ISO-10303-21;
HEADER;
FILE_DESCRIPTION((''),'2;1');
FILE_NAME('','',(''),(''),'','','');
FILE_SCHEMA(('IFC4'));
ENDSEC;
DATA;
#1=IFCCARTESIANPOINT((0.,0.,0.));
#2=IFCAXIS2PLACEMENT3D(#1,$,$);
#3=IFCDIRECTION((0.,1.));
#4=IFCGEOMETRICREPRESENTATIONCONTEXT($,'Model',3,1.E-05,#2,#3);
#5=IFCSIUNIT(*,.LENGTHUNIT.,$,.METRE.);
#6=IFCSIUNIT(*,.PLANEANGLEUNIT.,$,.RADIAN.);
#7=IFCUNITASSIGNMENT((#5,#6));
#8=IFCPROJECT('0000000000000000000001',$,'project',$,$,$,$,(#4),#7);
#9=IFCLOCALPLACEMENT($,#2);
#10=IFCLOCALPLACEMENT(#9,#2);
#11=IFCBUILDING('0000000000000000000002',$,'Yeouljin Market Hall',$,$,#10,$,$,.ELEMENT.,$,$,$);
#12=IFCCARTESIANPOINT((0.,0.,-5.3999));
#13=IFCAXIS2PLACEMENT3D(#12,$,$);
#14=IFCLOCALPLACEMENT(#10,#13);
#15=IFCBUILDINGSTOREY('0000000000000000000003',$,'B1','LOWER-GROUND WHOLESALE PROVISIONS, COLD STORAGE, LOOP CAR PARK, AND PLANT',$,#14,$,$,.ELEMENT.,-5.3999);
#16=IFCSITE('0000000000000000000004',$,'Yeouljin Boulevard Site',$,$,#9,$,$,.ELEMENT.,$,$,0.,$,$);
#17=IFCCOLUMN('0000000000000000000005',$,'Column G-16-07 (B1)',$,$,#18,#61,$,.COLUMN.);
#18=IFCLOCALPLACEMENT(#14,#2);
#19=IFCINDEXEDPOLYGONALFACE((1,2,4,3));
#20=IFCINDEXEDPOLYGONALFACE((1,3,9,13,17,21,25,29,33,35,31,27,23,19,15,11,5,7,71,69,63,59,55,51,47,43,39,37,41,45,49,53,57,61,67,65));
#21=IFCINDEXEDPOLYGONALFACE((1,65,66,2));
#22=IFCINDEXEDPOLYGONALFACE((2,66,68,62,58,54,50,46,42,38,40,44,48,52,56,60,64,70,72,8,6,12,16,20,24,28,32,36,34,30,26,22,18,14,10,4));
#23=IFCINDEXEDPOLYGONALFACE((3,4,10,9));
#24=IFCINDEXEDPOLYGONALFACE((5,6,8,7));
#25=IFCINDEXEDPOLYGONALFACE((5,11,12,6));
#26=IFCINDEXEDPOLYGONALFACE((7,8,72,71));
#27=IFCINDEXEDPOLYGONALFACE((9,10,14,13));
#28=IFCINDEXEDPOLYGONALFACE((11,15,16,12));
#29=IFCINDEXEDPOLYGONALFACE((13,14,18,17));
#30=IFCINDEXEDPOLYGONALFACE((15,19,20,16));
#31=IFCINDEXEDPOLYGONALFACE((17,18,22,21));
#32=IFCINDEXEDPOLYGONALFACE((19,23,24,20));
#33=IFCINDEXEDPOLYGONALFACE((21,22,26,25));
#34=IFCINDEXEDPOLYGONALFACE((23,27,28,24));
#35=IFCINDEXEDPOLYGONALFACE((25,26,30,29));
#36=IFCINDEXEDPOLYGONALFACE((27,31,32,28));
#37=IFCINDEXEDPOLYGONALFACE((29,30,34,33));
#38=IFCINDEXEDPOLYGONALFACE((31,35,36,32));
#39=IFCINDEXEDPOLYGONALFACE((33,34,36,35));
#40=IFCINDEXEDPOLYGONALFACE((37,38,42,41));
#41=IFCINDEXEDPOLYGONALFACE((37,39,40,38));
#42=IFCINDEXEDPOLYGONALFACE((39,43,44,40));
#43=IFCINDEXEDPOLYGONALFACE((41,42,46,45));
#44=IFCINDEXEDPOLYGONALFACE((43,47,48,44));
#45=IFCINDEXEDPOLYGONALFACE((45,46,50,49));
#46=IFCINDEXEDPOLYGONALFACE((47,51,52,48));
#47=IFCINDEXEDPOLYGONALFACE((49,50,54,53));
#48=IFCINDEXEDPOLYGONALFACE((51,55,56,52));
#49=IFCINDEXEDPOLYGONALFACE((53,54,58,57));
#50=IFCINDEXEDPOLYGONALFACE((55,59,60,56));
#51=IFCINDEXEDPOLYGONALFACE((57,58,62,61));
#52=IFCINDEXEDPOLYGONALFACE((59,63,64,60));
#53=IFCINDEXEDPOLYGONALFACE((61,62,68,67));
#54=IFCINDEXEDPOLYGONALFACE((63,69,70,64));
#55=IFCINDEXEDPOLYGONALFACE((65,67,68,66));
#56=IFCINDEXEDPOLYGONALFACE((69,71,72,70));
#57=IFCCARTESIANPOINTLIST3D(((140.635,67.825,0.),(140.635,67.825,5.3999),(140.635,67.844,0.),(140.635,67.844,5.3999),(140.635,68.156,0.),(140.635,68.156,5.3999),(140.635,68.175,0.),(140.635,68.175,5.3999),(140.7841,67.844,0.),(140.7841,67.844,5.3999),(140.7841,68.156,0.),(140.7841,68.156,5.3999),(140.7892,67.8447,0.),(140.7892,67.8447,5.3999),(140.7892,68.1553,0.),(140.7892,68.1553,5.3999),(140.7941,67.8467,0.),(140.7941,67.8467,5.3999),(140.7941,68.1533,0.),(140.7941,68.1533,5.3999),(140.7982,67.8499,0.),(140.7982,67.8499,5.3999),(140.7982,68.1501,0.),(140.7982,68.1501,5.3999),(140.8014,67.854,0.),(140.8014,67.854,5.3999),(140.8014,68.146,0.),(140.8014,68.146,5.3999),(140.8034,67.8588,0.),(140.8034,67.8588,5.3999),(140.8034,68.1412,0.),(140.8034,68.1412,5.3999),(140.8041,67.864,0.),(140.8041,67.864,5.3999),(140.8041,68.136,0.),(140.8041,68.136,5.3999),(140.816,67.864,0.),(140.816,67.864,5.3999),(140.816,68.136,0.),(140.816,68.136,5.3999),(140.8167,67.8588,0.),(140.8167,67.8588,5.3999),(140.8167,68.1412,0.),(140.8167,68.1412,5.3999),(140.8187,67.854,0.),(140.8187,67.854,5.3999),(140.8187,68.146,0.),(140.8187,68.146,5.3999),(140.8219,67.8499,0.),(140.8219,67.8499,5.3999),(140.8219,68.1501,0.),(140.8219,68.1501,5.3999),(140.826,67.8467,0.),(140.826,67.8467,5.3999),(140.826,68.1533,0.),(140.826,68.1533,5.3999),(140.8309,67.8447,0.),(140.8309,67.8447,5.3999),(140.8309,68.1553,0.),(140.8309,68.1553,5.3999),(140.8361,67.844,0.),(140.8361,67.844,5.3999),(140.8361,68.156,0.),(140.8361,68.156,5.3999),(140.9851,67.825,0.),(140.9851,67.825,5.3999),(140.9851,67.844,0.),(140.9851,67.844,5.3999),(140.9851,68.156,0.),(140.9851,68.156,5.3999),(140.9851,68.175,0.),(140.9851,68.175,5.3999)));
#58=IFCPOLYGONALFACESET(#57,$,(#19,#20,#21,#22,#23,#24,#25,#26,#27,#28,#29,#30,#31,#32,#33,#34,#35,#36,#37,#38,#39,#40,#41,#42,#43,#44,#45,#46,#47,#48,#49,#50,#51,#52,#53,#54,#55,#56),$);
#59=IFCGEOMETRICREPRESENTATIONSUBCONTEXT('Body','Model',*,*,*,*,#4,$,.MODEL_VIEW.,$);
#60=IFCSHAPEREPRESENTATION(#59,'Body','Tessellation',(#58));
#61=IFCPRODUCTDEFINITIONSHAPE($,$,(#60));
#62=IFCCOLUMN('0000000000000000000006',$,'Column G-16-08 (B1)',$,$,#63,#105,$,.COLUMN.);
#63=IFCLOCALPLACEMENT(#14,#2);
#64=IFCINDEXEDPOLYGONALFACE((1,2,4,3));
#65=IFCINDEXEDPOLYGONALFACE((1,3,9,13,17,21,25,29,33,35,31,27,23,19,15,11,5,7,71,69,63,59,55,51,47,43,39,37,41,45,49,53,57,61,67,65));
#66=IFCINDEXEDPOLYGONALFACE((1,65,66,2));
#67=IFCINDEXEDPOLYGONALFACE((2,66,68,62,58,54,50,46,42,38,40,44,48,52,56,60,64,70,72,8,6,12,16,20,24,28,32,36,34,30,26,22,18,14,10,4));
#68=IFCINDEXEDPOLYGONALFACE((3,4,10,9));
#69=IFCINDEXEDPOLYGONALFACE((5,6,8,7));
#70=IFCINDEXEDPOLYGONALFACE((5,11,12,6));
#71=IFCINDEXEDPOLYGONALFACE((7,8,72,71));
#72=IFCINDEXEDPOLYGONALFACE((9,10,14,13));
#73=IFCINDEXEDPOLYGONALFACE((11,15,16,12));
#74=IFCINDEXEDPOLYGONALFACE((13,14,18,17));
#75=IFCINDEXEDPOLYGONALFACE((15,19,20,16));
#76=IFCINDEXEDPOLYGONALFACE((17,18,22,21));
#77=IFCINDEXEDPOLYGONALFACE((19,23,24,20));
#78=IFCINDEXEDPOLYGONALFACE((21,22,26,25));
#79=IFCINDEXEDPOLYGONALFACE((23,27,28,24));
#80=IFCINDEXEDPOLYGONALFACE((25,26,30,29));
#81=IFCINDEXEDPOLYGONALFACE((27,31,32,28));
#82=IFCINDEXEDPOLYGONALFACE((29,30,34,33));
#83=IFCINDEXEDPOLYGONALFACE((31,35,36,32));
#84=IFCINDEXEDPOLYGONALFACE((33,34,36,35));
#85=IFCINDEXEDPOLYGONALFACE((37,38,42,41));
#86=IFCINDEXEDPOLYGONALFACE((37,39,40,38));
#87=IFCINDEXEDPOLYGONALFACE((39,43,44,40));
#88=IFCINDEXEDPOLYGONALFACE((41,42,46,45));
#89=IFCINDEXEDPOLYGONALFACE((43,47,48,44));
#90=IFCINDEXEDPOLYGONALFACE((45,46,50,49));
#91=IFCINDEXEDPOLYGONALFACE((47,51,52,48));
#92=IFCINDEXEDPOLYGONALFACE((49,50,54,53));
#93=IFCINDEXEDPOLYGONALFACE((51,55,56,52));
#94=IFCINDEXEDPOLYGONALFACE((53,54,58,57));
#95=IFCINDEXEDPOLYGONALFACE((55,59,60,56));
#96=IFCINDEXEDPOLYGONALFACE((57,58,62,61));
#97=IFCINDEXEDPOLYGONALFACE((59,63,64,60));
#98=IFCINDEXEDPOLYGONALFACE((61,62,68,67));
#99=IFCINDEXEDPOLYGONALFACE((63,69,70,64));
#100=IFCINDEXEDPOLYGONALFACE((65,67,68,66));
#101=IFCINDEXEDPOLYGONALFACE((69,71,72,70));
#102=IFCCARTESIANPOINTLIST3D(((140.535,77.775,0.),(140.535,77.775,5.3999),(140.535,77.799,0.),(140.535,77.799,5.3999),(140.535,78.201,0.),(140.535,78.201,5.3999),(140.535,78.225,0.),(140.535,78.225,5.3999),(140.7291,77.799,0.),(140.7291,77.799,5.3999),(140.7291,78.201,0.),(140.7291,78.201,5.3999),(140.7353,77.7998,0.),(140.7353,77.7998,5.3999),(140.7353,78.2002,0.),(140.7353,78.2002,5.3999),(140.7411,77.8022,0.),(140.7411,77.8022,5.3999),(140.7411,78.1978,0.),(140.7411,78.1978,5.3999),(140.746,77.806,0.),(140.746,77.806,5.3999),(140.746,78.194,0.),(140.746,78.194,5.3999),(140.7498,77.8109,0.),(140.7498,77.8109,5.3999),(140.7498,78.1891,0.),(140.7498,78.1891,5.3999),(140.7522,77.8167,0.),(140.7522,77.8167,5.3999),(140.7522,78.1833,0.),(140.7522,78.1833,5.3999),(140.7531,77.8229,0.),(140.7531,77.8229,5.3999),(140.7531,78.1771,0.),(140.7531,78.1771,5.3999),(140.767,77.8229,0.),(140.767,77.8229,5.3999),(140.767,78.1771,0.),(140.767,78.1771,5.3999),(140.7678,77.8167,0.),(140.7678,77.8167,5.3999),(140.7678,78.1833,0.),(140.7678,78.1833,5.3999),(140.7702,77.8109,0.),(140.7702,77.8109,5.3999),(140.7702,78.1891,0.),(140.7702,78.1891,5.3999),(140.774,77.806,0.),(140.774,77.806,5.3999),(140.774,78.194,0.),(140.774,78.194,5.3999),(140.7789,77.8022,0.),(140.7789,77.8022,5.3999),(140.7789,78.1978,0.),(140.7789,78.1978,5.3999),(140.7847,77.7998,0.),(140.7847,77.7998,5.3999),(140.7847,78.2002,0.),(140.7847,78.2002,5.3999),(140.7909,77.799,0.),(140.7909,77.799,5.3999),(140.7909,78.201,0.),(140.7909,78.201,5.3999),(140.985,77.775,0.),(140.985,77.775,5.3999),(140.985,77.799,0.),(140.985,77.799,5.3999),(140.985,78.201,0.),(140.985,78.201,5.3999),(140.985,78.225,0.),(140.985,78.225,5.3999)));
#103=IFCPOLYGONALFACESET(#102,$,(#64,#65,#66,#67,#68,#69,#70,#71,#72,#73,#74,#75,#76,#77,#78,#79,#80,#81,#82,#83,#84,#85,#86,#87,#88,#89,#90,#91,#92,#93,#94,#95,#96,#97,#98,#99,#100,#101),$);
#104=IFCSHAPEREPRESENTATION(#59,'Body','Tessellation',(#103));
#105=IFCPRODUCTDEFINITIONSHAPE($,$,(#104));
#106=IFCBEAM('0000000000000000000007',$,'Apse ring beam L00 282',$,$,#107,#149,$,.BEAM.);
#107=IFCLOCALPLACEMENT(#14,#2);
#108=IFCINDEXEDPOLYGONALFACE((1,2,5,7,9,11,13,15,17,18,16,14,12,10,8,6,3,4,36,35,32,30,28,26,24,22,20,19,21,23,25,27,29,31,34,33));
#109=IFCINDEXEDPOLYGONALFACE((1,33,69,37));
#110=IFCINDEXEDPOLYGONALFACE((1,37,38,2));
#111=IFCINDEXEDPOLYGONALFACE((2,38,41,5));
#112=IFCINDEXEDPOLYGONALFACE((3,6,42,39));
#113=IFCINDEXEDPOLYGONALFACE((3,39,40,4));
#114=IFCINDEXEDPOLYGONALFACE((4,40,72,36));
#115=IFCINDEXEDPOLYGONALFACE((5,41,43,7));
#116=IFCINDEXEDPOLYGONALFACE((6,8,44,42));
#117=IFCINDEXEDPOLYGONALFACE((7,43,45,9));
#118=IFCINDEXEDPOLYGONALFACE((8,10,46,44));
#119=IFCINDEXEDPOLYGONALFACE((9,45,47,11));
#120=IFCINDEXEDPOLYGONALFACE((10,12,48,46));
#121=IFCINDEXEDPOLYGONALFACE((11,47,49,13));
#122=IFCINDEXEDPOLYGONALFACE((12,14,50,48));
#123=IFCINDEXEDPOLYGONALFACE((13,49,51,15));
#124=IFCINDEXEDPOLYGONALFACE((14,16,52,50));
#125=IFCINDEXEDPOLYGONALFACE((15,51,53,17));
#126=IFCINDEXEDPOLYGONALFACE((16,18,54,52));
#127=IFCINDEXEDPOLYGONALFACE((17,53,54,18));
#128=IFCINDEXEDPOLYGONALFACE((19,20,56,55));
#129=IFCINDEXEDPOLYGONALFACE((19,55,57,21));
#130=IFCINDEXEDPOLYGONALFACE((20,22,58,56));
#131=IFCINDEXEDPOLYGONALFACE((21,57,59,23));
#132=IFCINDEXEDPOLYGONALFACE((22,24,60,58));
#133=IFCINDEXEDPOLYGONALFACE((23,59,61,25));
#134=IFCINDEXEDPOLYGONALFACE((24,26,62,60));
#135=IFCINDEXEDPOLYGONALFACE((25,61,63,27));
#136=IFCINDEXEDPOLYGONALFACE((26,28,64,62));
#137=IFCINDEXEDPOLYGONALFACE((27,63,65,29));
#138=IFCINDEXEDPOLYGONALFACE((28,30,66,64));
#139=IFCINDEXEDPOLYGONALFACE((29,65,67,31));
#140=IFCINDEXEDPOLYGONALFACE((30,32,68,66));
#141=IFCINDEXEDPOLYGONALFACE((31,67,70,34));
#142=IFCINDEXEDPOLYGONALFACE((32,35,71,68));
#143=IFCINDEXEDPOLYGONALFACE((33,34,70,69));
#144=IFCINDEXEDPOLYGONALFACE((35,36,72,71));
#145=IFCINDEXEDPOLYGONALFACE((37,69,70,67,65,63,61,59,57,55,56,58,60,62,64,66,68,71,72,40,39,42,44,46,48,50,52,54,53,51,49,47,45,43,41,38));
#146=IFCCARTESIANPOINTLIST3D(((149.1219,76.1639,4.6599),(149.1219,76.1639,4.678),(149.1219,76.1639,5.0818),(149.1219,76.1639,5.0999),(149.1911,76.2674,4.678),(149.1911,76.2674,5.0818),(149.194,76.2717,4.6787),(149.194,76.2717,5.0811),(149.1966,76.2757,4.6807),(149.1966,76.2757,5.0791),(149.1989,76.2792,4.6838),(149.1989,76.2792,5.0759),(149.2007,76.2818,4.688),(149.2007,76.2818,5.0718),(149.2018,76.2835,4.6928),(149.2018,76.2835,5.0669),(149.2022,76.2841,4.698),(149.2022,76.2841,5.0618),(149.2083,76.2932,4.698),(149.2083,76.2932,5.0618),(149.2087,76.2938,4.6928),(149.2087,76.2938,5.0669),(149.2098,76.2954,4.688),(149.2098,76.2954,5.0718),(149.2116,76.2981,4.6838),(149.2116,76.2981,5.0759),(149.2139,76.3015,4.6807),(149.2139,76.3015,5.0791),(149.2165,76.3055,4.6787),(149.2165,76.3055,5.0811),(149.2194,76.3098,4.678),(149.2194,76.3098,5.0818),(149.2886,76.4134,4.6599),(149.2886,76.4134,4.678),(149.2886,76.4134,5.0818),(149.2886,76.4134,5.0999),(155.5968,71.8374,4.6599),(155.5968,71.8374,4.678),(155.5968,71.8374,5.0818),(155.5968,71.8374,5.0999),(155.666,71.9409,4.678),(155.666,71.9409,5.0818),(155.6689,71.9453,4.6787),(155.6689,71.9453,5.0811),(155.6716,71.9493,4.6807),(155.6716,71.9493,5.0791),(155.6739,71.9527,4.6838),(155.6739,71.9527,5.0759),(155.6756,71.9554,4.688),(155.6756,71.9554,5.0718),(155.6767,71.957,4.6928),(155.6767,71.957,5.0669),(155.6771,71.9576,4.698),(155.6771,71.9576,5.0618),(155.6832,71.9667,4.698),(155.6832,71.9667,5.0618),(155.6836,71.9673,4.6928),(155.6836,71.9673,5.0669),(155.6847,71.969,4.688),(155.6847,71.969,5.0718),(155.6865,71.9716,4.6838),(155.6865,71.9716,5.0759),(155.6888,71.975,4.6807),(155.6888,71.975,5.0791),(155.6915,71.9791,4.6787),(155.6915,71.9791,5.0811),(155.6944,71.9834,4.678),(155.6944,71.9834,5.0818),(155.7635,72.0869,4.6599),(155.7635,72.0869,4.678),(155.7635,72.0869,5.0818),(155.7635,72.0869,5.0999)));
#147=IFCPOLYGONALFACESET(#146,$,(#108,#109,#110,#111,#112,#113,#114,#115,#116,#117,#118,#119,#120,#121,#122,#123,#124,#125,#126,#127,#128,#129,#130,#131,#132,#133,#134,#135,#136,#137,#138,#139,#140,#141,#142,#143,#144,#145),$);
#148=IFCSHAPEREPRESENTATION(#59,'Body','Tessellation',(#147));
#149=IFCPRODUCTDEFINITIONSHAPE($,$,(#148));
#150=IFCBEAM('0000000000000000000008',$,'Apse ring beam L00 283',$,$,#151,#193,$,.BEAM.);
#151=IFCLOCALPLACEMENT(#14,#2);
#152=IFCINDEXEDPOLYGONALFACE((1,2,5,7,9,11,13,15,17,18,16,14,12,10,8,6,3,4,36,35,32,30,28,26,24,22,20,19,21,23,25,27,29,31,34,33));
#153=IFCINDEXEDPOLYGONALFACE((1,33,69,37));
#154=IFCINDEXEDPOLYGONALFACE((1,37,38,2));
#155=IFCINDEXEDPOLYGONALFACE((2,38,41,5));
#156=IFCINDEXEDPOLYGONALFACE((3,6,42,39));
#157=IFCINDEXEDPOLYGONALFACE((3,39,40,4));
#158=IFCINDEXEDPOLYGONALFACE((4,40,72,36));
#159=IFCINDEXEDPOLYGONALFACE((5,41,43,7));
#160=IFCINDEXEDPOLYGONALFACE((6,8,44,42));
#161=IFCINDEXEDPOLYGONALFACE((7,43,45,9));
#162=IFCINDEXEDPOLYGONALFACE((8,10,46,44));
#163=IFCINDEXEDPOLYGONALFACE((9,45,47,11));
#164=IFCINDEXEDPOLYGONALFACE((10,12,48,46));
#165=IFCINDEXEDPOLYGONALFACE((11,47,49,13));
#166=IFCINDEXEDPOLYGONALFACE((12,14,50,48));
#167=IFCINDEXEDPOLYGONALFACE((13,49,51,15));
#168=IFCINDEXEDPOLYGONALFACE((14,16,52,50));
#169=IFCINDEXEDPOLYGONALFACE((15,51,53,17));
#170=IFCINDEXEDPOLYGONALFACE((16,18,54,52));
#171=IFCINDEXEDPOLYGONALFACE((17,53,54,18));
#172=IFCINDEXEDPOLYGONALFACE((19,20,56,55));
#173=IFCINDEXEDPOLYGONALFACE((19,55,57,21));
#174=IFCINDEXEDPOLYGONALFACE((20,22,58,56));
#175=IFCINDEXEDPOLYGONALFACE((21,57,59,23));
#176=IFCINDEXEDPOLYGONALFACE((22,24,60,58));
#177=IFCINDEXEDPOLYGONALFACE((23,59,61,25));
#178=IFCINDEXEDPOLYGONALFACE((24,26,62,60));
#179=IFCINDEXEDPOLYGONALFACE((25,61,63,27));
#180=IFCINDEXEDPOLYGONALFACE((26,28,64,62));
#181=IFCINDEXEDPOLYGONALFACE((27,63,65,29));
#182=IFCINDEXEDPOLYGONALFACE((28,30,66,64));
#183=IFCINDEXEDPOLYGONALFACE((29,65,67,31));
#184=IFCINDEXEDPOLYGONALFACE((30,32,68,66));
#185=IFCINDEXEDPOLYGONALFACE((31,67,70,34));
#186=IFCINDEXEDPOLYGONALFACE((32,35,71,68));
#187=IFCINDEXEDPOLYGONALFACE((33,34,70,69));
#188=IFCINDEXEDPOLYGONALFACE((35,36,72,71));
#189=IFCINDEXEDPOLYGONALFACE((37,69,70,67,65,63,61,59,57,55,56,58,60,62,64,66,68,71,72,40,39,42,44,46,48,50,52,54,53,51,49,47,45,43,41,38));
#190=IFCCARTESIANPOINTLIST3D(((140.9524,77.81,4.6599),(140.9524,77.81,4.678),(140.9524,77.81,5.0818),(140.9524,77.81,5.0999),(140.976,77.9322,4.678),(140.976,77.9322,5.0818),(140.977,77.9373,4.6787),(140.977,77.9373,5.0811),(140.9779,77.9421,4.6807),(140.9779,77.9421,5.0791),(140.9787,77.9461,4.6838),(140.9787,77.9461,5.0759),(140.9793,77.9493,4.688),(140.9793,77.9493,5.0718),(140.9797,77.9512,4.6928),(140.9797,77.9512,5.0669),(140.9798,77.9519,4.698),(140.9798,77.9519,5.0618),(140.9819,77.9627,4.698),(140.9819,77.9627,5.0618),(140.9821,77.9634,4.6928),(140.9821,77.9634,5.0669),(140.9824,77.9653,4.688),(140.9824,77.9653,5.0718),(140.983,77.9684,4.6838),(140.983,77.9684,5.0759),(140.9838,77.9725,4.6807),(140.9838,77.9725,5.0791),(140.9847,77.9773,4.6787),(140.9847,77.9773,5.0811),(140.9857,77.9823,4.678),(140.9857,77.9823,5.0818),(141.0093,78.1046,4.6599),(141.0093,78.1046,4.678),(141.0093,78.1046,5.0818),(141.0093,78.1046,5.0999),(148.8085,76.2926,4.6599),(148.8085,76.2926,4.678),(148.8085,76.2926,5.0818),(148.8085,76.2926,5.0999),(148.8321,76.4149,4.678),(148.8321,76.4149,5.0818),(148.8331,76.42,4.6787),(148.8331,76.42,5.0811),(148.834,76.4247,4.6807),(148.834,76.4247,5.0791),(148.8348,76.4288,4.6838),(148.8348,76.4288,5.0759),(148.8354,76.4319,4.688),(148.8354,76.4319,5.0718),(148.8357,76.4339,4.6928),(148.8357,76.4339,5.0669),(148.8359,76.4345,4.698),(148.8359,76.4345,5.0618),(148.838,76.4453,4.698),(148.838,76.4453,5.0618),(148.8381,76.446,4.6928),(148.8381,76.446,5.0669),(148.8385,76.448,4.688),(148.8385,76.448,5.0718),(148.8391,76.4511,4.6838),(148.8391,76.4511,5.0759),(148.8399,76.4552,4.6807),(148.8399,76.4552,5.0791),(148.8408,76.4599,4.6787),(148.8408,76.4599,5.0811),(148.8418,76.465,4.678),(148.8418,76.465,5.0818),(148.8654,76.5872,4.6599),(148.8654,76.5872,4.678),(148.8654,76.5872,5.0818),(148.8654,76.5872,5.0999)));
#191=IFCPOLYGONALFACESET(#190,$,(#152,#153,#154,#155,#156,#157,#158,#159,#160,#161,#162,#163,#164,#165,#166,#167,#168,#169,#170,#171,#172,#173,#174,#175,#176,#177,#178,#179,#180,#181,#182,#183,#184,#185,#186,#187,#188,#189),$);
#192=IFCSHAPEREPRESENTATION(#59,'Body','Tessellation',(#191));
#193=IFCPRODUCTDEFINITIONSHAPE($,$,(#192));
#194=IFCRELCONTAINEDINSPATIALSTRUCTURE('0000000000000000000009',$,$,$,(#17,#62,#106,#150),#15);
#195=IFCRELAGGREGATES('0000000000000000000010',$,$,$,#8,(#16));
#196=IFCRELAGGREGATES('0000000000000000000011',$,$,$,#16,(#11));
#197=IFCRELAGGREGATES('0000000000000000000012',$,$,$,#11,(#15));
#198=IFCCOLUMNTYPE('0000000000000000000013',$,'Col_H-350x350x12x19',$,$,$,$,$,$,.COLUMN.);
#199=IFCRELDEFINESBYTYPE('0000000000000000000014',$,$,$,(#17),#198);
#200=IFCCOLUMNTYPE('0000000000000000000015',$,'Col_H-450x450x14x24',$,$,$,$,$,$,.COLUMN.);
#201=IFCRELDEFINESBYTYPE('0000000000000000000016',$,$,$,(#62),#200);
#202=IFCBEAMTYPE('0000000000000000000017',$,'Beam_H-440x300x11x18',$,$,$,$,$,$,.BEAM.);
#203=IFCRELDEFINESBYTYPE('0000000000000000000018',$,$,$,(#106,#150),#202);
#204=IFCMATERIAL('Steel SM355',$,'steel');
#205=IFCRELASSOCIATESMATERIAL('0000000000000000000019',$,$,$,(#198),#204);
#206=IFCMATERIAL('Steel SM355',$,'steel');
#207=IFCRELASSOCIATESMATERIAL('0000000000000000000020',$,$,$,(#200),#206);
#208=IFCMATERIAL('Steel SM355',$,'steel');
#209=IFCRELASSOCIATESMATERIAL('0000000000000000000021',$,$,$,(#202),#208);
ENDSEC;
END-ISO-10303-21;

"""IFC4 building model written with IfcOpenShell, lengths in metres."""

from ifc_helpers import new_model, si_unit, direction, frame, origin, origin_2d, place, context, subcontext, project, spatial, i_section, extrude, material, material_profile, profile_set, type_object, element, save


model = new_model("IFC4")

# Units and contexts
model_context = context("Model", 3, precision=1e-05, world=origin(), true_north=direction((0.0, 1.0)))
body_context = subcontext(model_context, "Body", "Model", "MODEL_VIEW")
ifc_project = project(units=[si_unit("LENGTHUNIT", "METRE"), si_unit("PLANEANGLEUNIT", "RADIAN")], contexts=[model_context])

# Site, building, storey
site_placement = place(None, origin())
site = spatial("IfcSite", under=ifc_project, at=site_placement, Name="Yeouljin Boulevard Site", CompositionType="ELEMENT", RefElevation=0.0)
building_placement = place(site_placement, origin())
building = spatial("IfcBuilding", under=site, at=building_placement, Name="Yeouljin Market Hall", CompositionType="ELEMENT")
storey_placement = place(building_placement, frame((0.0, 0.0, -5.3999)))
storey = spatial("IfcBuildingStorey", under=building, at=storey_placement, Name="B1", Description="LOWER-GROUND WHOLESALE PROVISIONS, COLD STORAGE, LOOP CAR PARK, AND PLANT", CompositionType="ELEMENT", Elevation=-5.3999)

# Columns
ifc_material_1 = material(Name="Steel SM355", Category="steel")
ifc_material_profile_1 = material_profile(ifc_material_1, i_section(OverallWidth=0.3501, OverallDepth=0.3501, WebThickness=0.012, FlangeThickness=0.019, FilletRadius=0.02, at=origin_2d()), Name="H-350x350x12x19")
ifc_profile_set_1 = profile_set([ifc_material_profile_1], Name="Steel SM355")
column_type_1 = type_object("IfcColumnType", Name="Col_H-350x350x12x19", PredefinedType="COLUMN", material=ifc_profile_set_1)
for number, where, z_axis, x_axis, name in (
    (1, (140.8101, 68.0, 0.0), (0.0, 0.0, 1.0), (1.0, 0.0, 0.0), "Column G-16-07 (B1)"),
):
    element("IfcColumn", number, at=place(storey_placement, frame(where, z_axis=z_axis, x_axis=x_axis)), inside=storey, type_object=column_type_1, Name=name, PredefinedType="COLUMN", context=body_context, shape_type="SweptSolid", body=[
        extrude(i_section(OverallWidth=0.3501, OverallDepth=0.3501, WebThickness=0.012, FlangeThickness=0.019, FilletRadius=0.02, at=origin_2d()), origin(), (0.0, 0.0, 1.0), 5.3999),
    ])
ifc_material_2 = material(Name="Steel SM355", Category="steel")
ifc_material_profile_2 = material_profile(ifc_material_2, i_section(OverallWidth=0.45, OverallDepth=0.45, WebThickness=0.0139, FlangeThickness=0.0239, FilletRadius=0.0239, at=origin_2d()), Name="H-450x450x14x24")
ifc_profile_set_2 = profile_set([ifc_material_profile_2], Name="Steel SM355")
column_type_2 = type_object("IfcColumnType", Name="Col_H-450x450x14x24", PredefinedType="COLUMN", material=ifc_profile_set_2)
column_1_placement = place(storey_placement, frame((140.76, 78.0, 0.0), z_axis=(0.0, 0.0, 1.0), x_axis=(1.0, 0.0, 0.0)))
element("IfcColumn", 2, at=column_1_placement, inside=storey, type_object=column_type_2, Name="Column G-16-08 (B1)", PredefinedType="COLUMN", context=body_context, shape_type="SweptSolid", body=[
    extrude(i_section(OverallWidth=0.45, OverallDepth=0.45, WebThickness=0.0139, FlangeThickness=0.0239, FilletRadius=0.0239, at=origin_2d()), origin(), (0.0, 0.0, 1.0), 5.3999),
])

# Beams
ifc_material_3 = material(Name="Steel SM355", Category="steel")
ifc_material_profile_3 = material_profile(ifc_material_3, i_section(OverallWidth=0.3, OverallDepth=0.4399, WebThickness=0.011, FlangeThickness=0.0181, FilletRadius=0.02, at=origin_2d()), Name="H-440x300x11x18")
ifc_profile_set_3 = profile_set([ifc_material_profile_3], Name="Steel SM355")
beam_type_1 = type_object("IfcBeamType", Name="Beam_H-440x300x11x18", PredefinedType="BEAM", material=ifc_profile_set_3)
beam_1_placement = place(storey_placement, frame((155.6802, 71.9622, 4.8799), z_axis=(-0.831466, 0.555575, 0.0), x_axis=(-0.555575, -0.831466, 0.0)))
element("IfcBeam", 3, at=beam_1_placement, inside=storey, type_object=beam_type_1, Name="Apse ring beam L00 282", PredefinedType="BEAM", context=body_context, shape_type="SweptSolid", body=[
    extrude(i_section(OverallWidth=0.3, OverallDepth=0.4399, WebThickness=0.011, FlangeThickness=0.0181, FilletRadius=0.02, at=origin_2d()), origin(), (0.0, 0.0, 1.0), 7.7874),
])
beam_2_placement = place(storey_placement, frame((148.8369, 76.4399, 4.8799), z_axis=(-0.981854, 0.18964, 0.0), x_axis=(-0.18964, -0.981854, 0.0)))
element("IfcBeam", 4, at=beam_2_placement, inside=storey, type_object=beam_type_1, Name="Apse ring beam L00 283", PredefinedType="BEAM", context=body_context, shape_type="SweptSolid", body=[
    extrude(i_section(OverallWidth=0.3, OverallDepth=0.4399, WebThickness=0.011, FlangeThickness=0.0181, FilletRadius=0.02, at=origin_2d()), origin(), (0.0, 0.0, 1.0), 8.0012),
])

save(model, "model.ifc")
